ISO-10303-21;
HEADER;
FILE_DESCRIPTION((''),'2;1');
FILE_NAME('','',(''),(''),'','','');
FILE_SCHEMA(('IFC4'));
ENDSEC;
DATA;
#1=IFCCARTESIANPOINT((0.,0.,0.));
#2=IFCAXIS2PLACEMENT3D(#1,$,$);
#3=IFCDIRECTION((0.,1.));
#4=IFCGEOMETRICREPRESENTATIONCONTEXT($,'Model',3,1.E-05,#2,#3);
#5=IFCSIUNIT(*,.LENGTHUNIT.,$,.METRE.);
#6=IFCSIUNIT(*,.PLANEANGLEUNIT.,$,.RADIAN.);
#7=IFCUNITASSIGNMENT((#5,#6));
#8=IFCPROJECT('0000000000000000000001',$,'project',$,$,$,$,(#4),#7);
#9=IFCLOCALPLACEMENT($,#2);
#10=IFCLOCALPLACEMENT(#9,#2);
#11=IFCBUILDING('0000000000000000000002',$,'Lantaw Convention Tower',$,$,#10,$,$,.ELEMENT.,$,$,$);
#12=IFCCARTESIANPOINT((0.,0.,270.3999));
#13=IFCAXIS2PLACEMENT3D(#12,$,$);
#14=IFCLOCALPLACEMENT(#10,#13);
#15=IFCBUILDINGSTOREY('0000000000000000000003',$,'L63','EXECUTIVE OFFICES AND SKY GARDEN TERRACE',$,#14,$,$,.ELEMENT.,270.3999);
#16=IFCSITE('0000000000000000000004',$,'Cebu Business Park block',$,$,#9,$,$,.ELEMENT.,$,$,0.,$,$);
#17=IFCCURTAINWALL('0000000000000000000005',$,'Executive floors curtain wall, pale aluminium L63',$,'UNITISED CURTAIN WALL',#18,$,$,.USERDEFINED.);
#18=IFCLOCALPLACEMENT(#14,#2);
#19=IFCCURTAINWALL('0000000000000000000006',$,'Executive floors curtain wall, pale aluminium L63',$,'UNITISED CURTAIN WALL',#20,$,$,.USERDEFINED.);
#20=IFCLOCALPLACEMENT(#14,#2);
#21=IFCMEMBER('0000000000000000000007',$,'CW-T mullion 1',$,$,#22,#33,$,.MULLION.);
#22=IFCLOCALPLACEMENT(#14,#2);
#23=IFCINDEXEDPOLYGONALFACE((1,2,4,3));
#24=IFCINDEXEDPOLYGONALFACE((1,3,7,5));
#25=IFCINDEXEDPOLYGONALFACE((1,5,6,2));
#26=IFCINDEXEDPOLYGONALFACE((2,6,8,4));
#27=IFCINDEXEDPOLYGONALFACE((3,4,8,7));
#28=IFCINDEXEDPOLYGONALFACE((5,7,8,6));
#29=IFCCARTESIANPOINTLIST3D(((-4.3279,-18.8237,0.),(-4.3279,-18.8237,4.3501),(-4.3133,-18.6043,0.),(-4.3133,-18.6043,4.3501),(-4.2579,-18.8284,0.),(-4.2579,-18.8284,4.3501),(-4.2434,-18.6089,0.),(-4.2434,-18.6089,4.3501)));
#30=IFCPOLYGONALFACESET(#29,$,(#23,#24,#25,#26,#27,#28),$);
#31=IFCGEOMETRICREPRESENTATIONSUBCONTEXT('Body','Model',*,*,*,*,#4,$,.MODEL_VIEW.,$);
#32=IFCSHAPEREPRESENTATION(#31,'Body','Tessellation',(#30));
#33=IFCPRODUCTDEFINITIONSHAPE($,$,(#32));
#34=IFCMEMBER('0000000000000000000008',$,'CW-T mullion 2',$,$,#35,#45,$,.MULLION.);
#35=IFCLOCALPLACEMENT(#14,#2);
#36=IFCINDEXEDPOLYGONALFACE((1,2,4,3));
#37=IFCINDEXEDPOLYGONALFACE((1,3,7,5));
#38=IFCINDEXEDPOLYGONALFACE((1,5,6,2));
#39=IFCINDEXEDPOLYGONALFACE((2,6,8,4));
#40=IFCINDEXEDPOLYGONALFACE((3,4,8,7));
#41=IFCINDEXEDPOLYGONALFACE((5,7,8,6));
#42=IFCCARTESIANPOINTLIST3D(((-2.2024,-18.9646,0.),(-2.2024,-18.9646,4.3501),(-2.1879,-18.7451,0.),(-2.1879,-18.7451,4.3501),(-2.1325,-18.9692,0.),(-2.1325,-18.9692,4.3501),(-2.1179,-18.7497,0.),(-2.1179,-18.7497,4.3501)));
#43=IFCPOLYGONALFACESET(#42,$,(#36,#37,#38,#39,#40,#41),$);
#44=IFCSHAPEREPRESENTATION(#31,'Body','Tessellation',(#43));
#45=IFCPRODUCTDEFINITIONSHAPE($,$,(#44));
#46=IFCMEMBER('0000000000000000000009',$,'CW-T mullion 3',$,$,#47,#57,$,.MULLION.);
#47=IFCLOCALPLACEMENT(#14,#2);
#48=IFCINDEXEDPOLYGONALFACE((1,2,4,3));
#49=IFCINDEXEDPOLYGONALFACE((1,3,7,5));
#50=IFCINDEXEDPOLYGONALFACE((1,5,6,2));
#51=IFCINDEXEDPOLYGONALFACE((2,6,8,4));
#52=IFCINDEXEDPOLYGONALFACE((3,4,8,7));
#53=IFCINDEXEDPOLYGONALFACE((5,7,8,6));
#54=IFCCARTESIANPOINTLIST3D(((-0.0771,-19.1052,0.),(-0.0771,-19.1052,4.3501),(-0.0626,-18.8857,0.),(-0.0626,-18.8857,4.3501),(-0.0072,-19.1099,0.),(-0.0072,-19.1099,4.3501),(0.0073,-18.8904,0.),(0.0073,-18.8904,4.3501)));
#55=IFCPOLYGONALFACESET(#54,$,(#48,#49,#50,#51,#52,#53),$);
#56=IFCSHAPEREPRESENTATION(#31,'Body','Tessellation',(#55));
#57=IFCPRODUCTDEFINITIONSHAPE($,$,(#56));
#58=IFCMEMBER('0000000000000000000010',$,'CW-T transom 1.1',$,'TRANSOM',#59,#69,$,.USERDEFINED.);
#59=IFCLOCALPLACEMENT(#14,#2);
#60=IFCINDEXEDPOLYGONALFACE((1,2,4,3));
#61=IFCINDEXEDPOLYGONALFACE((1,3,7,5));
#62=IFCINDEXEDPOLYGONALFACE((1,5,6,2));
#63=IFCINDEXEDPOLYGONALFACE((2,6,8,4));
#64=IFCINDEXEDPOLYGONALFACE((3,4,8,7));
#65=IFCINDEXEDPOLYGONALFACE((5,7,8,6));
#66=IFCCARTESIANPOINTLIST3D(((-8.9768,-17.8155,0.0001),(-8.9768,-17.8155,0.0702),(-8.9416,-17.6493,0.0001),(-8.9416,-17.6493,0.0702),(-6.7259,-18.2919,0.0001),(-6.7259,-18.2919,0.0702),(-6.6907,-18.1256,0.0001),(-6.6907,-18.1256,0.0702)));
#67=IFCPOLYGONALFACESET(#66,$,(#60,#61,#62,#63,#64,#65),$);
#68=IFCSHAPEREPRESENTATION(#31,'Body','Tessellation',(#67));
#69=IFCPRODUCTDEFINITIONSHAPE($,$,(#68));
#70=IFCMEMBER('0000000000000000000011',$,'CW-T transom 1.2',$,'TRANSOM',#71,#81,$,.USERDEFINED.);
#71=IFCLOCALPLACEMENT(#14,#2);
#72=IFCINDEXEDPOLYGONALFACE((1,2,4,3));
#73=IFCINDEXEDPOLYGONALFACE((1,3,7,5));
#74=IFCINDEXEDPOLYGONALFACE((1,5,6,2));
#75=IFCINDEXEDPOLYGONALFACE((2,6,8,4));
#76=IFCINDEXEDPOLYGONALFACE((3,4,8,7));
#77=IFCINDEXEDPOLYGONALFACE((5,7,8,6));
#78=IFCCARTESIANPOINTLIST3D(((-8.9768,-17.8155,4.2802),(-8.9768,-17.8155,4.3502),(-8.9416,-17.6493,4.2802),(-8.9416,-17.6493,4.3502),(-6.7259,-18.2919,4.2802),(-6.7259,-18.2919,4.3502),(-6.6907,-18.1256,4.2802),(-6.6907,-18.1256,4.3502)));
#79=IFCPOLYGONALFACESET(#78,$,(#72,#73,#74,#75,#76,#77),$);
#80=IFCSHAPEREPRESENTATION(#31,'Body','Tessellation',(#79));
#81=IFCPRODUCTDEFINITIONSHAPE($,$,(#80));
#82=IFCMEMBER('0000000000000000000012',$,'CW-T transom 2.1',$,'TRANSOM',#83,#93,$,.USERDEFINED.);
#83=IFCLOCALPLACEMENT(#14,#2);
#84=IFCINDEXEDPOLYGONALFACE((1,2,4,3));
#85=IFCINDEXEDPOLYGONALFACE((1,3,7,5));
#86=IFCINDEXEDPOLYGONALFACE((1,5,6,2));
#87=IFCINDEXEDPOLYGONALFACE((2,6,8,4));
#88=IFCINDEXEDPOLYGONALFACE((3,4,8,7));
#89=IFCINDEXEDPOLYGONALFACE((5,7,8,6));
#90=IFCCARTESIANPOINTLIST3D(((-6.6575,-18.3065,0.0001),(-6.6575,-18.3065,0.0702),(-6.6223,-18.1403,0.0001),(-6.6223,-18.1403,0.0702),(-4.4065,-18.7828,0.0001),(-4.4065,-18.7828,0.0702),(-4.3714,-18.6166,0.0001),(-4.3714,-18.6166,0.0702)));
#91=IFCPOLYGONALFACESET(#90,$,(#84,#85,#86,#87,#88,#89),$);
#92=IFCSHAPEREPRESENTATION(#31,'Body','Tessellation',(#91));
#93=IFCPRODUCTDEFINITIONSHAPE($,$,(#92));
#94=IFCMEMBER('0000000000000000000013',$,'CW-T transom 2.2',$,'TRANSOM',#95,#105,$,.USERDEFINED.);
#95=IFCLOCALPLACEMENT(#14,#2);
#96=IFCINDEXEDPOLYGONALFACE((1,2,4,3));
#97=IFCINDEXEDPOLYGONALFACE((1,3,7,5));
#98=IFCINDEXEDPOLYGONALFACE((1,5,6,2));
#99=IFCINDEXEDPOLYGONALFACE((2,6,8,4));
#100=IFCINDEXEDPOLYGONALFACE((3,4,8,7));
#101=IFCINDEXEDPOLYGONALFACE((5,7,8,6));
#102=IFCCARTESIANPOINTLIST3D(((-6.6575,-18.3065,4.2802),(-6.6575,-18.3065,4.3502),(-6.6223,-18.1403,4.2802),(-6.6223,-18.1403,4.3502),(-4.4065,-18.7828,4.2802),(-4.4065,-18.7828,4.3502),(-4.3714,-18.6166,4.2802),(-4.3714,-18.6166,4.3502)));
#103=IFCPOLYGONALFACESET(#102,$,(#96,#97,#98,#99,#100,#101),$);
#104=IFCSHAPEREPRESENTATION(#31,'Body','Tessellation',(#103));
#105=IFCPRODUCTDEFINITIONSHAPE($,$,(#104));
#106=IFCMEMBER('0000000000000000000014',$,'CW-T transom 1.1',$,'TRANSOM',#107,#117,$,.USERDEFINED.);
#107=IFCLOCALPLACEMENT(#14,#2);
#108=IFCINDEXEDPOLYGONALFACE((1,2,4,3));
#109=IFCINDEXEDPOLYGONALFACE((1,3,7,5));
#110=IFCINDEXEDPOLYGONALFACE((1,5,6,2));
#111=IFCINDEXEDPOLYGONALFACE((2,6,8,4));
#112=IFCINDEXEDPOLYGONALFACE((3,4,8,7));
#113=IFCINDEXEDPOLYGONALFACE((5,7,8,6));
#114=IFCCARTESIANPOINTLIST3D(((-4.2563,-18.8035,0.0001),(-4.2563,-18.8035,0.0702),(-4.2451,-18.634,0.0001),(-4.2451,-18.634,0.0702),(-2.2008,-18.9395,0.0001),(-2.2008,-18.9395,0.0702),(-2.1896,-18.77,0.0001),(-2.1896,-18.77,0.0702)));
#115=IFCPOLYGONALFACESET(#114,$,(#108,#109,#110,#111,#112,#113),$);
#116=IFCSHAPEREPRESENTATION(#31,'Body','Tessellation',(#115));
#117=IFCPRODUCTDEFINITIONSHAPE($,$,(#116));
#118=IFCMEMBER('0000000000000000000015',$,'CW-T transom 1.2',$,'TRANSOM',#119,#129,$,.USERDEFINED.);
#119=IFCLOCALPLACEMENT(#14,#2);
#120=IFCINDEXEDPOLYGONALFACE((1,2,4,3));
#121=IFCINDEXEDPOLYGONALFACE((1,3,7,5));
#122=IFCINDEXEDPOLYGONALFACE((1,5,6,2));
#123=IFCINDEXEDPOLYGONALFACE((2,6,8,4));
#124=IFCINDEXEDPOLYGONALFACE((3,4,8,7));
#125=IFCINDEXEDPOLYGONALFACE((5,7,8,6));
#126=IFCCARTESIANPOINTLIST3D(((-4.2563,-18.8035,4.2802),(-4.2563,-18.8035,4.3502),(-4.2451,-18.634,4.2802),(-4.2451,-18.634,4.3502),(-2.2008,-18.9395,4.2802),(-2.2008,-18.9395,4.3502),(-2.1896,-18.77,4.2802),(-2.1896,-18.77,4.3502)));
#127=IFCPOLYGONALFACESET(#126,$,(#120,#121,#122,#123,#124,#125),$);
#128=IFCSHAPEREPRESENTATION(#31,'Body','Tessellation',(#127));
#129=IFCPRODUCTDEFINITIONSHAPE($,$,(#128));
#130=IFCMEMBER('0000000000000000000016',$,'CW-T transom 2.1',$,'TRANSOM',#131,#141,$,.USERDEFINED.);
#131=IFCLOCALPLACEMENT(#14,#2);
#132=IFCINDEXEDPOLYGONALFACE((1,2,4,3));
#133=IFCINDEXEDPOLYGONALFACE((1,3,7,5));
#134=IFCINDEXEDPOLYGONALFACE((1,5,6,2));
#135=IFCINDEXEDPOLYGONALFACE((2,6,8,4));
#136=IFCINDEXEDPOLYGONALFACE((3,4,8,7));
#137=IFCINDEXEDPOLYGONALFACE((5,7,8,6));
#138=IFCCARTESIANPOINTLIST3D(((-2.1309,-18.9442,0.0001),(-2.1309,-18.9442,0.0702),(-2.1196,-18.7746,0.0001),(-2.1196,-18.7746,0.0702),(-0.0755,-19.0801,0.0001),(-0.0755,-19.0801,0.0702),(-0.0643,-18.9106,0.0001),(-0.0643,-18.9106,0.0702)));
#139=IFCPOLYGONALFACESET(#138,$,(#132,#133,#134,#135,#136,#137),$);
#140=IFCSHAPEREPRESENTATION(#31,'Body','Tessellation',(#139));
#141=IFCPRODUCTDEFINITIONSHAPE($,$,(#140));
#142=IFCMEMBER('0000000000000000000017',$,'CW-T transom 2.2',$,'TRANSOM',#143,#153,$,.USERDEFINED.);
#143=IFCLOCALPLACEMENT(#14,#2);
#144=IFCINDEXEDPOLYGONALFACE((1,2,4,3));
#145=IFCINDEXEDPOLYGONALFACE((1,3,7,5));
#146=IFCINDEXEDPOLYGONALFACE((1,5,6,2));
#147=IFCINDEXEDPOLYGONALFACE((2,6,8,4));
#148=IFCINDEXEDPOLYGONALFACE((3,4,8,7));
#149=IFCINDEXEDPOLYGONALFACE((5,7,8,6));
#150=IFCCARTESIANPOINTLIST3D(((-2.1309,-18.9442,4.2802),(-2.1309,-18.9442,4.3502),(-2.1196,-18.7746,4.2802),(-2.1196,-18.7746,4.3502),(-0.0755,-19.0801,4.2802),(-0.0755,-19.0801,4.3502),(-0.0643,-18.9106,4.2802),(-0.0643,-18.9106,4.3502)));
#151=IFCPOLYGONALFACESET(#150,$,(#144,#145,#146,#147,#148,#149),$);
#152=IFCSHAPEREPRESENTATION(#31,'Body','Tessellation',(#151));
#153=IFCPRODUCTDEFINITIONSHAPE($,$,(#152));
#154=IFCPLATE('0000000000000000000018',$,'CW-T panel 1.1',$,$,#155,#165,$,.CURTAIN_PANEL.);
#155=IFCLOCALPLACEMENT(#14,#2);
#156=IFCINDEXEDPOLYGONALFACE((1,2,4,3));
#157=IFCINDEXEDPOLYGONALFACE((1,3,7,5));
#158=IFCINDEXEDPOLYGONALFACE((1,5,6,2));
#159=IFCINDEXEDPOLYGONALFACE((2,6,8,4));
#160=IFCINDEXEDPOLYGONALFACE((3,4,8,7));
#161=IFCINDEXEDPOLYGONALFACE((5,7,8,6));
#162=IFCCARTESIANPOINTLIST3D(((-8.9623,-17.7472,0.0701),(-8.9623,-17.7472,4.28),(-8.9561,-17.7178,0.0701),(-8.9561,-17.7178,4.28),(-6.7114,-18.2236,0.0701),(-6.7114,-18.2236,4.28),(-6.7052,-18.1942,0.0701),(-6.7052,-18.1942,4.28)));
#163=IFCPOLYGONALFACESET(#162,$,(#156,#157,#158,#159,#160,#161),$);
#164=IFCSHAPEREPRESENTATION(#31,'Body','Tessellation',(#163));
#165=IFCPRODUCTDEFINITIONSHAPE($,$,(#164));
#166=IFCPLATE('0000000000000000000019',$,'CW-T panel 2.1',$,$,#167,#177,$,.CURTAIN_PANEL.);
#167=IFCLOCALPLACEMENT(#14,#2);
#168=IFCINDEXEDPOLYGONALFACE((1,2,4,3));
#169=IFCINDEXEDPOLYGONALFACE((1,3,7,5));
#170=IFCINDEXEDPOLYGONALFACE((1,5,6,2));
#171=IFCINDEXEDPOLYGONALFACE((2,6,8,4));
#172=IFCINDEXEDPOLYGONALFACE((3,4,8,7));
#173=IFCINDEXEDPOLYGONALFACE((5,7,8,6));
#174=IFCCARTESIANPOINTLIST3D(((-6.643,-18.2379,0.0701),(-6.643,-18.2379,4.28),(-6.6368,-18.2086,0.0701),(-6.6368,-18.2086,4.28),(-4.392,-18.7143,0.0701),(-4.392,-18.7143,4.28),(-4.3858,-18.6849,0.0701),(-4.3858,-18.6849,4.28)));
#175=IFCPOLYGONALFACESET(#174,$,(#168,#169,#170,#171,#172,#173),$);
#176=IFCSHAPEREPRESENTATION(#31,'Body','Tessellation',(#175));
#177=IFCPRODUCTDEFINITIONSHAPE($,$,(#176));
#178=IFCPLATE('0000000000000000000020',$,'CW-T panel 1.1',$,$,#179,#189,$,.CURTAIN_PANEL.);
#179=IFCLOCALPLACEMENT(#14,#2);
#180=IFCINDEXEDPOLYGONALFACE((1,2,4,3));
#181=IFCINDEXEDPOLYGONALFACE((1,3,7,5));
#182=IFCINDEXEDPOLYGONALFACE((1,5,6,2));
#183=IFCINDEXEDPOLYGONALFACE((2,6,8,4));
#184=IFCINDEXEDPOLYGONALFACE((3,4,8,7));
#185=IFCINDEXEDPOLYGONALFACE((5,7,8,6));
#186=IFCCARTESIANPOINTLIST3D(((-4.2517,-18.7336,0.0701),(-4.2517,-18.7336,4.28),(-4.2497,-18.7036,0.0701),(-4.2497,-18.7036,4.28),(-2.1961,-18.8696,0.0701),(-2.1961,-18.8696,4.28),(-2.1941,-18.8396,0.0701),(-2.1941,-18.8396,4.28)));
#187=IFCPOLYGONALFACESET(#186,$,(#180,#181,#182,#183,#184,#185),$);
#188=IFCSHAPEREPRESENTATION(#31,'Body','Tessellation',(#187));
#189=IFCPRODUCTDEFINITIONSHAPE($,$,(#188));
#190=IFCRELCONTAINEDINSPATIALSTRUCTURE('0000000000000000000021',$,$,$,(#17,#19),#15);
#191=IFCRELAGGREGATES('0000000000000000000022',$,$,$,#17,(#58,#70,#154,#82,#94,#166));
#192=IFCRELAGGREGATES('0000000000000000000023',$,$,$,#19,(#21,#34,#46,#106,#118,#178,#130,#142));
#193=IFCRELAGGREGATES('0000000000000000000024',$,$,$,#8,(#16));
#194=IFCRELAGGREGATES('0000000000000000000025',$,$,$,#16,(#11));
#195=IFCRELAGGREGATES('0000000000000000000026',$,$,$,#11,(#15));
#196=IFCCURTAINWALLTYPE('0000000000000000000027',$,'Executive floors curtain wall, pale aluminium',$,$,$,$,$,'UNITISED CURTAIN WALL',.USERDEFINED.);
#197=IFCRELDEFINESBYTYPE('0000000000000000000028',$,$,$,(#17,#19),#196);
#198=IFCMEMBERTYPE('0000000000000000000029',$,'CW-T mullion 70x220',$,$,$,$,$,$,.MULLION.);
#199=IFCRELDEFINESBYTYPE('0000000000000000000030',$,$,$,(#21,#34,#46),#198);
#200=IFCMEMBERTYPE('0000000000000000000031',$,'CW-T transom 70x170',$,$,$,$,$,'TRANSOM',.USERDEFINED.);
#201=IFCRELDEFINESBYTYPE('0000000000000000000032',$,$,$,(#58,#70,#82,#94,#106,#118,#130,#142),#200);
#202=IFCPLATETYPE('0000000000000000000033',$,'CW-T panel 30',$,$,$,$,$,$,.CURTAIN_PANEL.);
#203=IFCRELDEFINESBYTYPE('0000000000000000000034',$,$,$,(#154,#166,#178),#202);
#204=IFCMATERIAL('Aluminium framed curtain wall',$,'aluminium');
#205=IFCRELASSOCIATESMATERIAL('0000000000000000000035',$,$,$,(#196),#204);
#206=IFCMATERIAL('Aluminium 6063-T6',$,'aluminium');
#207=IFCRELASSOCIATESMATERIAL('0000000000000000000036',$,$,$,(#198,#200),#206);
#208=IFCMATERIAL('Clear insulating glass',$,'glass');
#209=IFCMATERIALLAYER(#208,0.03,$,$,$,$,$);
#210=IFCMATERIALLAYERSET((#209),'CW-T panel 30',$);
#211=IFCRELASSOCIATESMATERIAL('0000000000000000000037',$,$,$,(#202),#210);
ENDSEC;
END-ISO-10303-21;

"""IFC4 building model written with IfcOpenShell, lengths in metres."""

from ifc_helpers import new_model, si_unit, direction, frame, origin, origin_2d, place, context, subcontext, project, spatial, rectangle, extrude, material, layer, layer_set, material_profile, profile_set, type_object, element, aggregate, save


model = new_model("IFC4")

# Units and contexts
model_context = context("Model", 3, precision=1e-05, world=origin(), true_north=direction((0.0, 1.0)))
body_context = subcontext(model_context, "Body", "Model", "MODEL_VIEW")
ifc_project = project(units=[si_unit("LENGTHUNIT", "METRE"), si_unit("PLANEANGLEUNIT", "RADIAN")], contexts=[model_context])

# Site, building, storey
site_placement = place(None, origin())
site = spatial("IfcSite", under=ifc_project, at=site_placement, Name="Cebu Business Park block", CompositionType="ELEMENT", RefElevation=0.0)
building_placement = place(site_placement, origin())
building = spatial("IfcBuilding", under=site, at=building_placement, Name="Lantaw Convention Tower", CompositionType="ELEMENT")
storey_placement = place(building_placement, frame((0.0, 0.0, 270.3999)))
storey = spatial("IfcBuildingStorey", under=building, at=storey_placement, Name="L63", Description="EXECUTIVE OFFICES AND SKY GARDEN TERRACE", CompositionType="ELEMENT", Elevation=270.3999)

# Shared definitions
ifc_material_1 = material(Name="Aluminium framed curtain wall", Category="aluminium")
curtain_wall_type = type_object("IfcCurtainWallType", Name="Executive floors curtain wall, pale aluminium", ElementType="UNITISED CURTAIN WALL", PredefinedType="USERDEFINED", material=ifc_material_1)
ifc_material_2 = material(Name="Aluminium 6063-T6", Category="aluminium")
ifc_material_profile_1 = material_profile(ifc_material_2, rectangle(XDim=0.22, YDim=0.0701, at=origin_2d()), Name="CW-T mullion 70x220")
ifc_profile_set_1 = profile_set([ifc_material_profile_1], Name="Aluminium 6063-T6")
member_type_1 = type_object("IfcMemberType", Name="CW-T mullion 70x220", PredefinedType="MULLION", material=ifc_profile_set_1)

# Curtain walls, members
curtain_wall_1_placement = place(storey_placement, origin())
curtain_wall_1 = element("IfcCurtainWall", 1, at=curtain_wall_1_placement, inside=storey, type_object=curtain_wall_type, Name="Executive floors curtain wall, pale aluminium L63", ObjectType="UNITISED CURTAIN WALL", PredefinedType="USERDEFINED")
curtain_wall_2_placement = place(storey_placement, origin())
curtain_wall_2 = element("IfcCurtainWall", 2, at=curtain_wall_2_placement, inside=storey, type_object=curtain_wall_type, Name="Executive floors curtain wall, pale aluminium L63", ObjectType="UNITISED CURTAIN WALL", PredefinedType="USERDEFINED")
member_1_placement = place(storey_placement, frame((-4.2856, -18.7163, 0.0), z_axis=(0.0, 0.0, 1.0), x_axis=(0.066025, 0.997818, 0.0)))
member_1 = element("IfcMember", 3, at=member_1_placement, type_object=member_type_1, Name="CW-T mullion 1", PredefinedType="MULLION", context=body_context, shape_type="SweptSolid", body=[
    extrude(rectangle(XDim=0.22, YDim=0.0701, at=origin_2d()), origin(), (0.0, 0.0, 1.0), 4.3501),
])
member_2_placement = place(storey_placement, frame((-2.1602, -18.8572, 0.0), z_axis=(0.0, 0.0, 1.0), x_axis=(0.066025, 0.997818, 0.0)))
member_2 = element("IfcMember", 4, at=member_2_placement, type_object=member_type_1, Name="CW-T mullion 2", PredefinedType="MULLION", context=body_context, shape_type="SweptSolid", body=[
    extrude(rectangle(XDim=0.22, YDim=0.0701, at=origin_2d()), origin(), (0.0, 0.0, 1.0), 4.3501),
])
member_3_placement = place(storey_placement, frame((-0.0349, -18.9978, 0.0), z_axis=(0.0, 0.0, 1.0), x_axis=(0.066025, 0.997818, 0.0)))
member_3 = element("IfcMember", 5, at=member_3_placement, type_object=member_type_1, Name="CW-T mullion 3", PredefinedType="MULLION", context=body_context, shape_type="SweptSolid", body=[
    extrude(rectangle(XDim=0.22, YDim=0.0701, at=origin_2d()), origin(), (0.0, 0.0, 1.0), 4.3501),
])

# Members
ifc_material_profile_2 = material_profile(ifc_material_2, rectangle(XDim=0.1699, YDim=0.0701, at=origin_2d()), Name="CW-T transom 70x170")
ifc_profile_set_2 = profile_set([ifc_material_profile_2], Name="Aluminium 6063-T6")
member_type_2 = type_object("IfcMemberType", Name="CW-T transom 70x170", ElementType="TRANSOM", PredefinedType="USERDEFINED", material=ifc_profile_set_2)
member_4_placement = place(storey_placement, frame((-8.9592, -17.7324, 0.0352), z_axis=(0.978336, -0.207021, 0.0), x_axis=(0.207021, 0.978336, 0.0)))
member_4 = element("IfcMember", 6, at=member_4_placement, type_object=member_type_2, Name="CW-T transom 1.1", ObjectType="TRANSOM", PredefinedType="USERDEFINED", context=body_context, shape_type="SweptSolid", body=[
    extrude(rectangle(XDim=0.1699, YDim=0.0701, at=origin_2d()), origin(), (0.0, 0.0, 1.0), 2.3008),
])
member_5_placement = place(storey_placement, frame((-8.9592, -17.7324, 4.3152), z_axis=(0.978336, -0.207021, 0.0), x_axis=(0.207021, 0.978336, 0.0)))
member_5 = element("IfcMember", 7, at=member_5_placement, type_object=member_type_2, Name="CW-T transom 1.2", ObjectType="TRANSOM", PredefinedType="USERDEFINED", context=body_context, shape_type="SweptSolid", body=[
    extrude(rectangle(XDim=0.1699, YDim=0.0701, at=origin_2d()), origin(), (0.0, 0.0, 1.0), 2.3008),
])
member_6_placement = place(storey_placement, frame((-6.6399, -18.2234, 0.0352), z_axis=(0.978336, -0.207021, 0.0), x_axis=(0.207021, 0.978336, 0.0)))
member_6 = element("IfcMember", 8, at=member_6_placement, type_object=member_type_2, Name="CW-T transom 2.1", ObjectType="TRANSOM", PredefinedType="USERDEFINED", context=body_context, shape_type="SweptSolid", body=[
    extrude(rectangle(XDim=0.1699, YDim=0.0701, at=origin_2d()), origin(), (0.0, 0.0, 1.0), 2.3008),
])
member_7_placement = place(storey_placement, frame((-6.6399, -18.2234, 4.3152), z_axis=(0.978336, -0.207021, 0.0), x_axis=(0.207021, 0.978336, 0.0)))
member_7 = element("IfcMember", 9, at=member_7_placement, type_object=member_type_2, Name="CW-T transom 2.2", ObjectType="TRANSOM", PredefinedType="USERDEFINED", context=body_context, shape_type="SweptSolid", body=[
    extrude(rectangle(XDim=0.1699, YDim=0.0701, at=origin_2d()), origin(), (0.0, 0.0, 1.0), 2.3008),
])
member_8_placement = place(storey_placement, frame((-4.2507, -18.7188, 0.0352), z_axis=(0.997819, -0.066008, 0.0), x_axis=(0.066008, 0.997819, 0.0)))
member_8 = element("IfcMember", 10, at=member_8_placement, type_object=member_type_2, Name="CW-T transom 1.1", ObjectType="TRANSOM", PredefinedType="USERDEFINED", context=body_context, shape_type="SweptSolid", body=[
    extrude(rectangle(XDim=0.1699, YDim=0.0701, at=origin_2d()), origin(), (0.0, 0.0, 1.0), 2.0601),
])
member_9_placement = place(storey_placement, frame((-4.2507, -18.7188, 4.3152), z_axis=(0.997819, -0.066008, 0.0), x_axis=(0.066008, 0.997819, 0.0)))
member_9 = element("IfcMember", 11, at=member_9_placement, type_object=member_type_2, Name="CW-T transom 1.2", ObjectType="TRANSOM", PredefinedType="USERDEFINED", context=body_context, shape_type="SweptSolid", body=[
    extrude(rectangle(XDim=0.1699, YDim=0.0701, at=origin_2d()), origin(), (0.0, 0.0, 1.0), 2.0601),
])
member_10_placement = place(storey_placement, frame((-2.1252, -18.8594, 0.0352), z_axis=(0.997819, -0.066016, 0.0), x_axis=(0.066016, 0.997819, 0.0)))
member_10 = element("IfcMember", 12, at=member_10_placement, type_object=member_type_2, Name="CW-T transom 2.1", ObjectType="TRANSOM", PredefinedType="USERDEFINED", context=body_context, shape_type="SweptSolid", body=[
    extrude(rectangle(XDim=0.1699, YDim=0.0701, at=origin_2d()), origin(), (0.0, 0.0, 1.0), 2.0598),
])
member_11_placement = place(storey_placement, frame((-2.1252, -18.8594, 4.3152), z_axis=(0.997819, -0.066016, 0.0), x_axis=(0.066016, 0.997819, 0.0)))
member_11 = element("IfcMember", 13, at=member_11_placement, type_object=member_type_2, Name="CW-T transom 2.2", ObjectType="TRANSOM", PredefinedType="USERDEFINED", context=body_context, shape_type="SweptSolid", body=[
    extrude(rectangle(XDim=0.1699, YDim=0.0701, at=origin_2d()), origin(), (0.0, 0.0, 1.0), 2.0598),
])

# Plates
ifc_material_3 = material(Name="Clear insulating glass", Category="glass")
ifc_layer_1 = layer(ifc_material_3, 0.03)
ifc_layer_set_1 = layer_set([ifc_layer_1], Name="CW-T panel 30")
plate_type_1 = type_object("IfcPlateType", Name="CW-T panel 30", PredefinedType="CURTAIN_PANEL", material=ifc_layer_set_1)
plate_1_placement = place(storey_placement, frame((-7.8337, -17.9707, 0.0701), z_axis=(0.0, 0.0, 1.0), x_axis=(0.978332, -0.20704, 0.0)))
plate_1 = element("IfcPlate", 14, at=plate_1_placement, type_object=plate_type_1, Name="CW-T panel 1.1", PredefinedType="CURTAIN_PANEL", context=body_context, shape_type="SweptSolid", body=[
    extrude(rectangle(XDim=2.3008, YDim=0.03, at=origin_2d()), origin(), (0.0, 0.0, 1.0), 4.21),
])
plate_2_placement = place(storey_placement, frame((-5.5144, -18.4614, 0.0701), z_axis=(0.0, 0.0, 1.0), x_axis=(0.978332, -0.20704, 0.0)))
plate_2 = element("IfcPlate", 15, at=plate_2_placement, type_object=plate_type_1, Name="CW-T panel 2.1", PredefinedType="CURTAIN_PANEL", context=body_context, shape_type="SweptSolid", body=[
    extrude(rectangle(XDim=2.3008, YDim=0.03, at=origin_2d()), origin(), (0.0, 0.0, 1.0), 4.21),
])
aggregate(curtain_wall_1, [member_4, member_5, plate_1, member_6, member_7, plate_2])
plate_3_placement = place(storey_placement, frame((-3.2229, -18.7866, 0.0701), z_axis=(0.0, 0.0, 1.0), x_axis=(0.997818, -0.066025, 0.0)))
plate_3 = element("IfcPlate", 16, at=plate_3_placement, type_object=plate_type_1, Name="CW-T panel 1.1", PredefinedType="CURTAIN_PANEL", context=body_context, shape_type="SweptSolid", body=[
    extrude(rectangle(XDim=2.0601, YDim=0.03, at=origin_2d()), origin(), (0.0, 0.0, 1.0), 4.21),
])
aggregate(curtain_wall_2, [member_1, member_2, member_3, member_8, member_9, plate_3, member_10, member_11])

save(model, "model.ifc")
